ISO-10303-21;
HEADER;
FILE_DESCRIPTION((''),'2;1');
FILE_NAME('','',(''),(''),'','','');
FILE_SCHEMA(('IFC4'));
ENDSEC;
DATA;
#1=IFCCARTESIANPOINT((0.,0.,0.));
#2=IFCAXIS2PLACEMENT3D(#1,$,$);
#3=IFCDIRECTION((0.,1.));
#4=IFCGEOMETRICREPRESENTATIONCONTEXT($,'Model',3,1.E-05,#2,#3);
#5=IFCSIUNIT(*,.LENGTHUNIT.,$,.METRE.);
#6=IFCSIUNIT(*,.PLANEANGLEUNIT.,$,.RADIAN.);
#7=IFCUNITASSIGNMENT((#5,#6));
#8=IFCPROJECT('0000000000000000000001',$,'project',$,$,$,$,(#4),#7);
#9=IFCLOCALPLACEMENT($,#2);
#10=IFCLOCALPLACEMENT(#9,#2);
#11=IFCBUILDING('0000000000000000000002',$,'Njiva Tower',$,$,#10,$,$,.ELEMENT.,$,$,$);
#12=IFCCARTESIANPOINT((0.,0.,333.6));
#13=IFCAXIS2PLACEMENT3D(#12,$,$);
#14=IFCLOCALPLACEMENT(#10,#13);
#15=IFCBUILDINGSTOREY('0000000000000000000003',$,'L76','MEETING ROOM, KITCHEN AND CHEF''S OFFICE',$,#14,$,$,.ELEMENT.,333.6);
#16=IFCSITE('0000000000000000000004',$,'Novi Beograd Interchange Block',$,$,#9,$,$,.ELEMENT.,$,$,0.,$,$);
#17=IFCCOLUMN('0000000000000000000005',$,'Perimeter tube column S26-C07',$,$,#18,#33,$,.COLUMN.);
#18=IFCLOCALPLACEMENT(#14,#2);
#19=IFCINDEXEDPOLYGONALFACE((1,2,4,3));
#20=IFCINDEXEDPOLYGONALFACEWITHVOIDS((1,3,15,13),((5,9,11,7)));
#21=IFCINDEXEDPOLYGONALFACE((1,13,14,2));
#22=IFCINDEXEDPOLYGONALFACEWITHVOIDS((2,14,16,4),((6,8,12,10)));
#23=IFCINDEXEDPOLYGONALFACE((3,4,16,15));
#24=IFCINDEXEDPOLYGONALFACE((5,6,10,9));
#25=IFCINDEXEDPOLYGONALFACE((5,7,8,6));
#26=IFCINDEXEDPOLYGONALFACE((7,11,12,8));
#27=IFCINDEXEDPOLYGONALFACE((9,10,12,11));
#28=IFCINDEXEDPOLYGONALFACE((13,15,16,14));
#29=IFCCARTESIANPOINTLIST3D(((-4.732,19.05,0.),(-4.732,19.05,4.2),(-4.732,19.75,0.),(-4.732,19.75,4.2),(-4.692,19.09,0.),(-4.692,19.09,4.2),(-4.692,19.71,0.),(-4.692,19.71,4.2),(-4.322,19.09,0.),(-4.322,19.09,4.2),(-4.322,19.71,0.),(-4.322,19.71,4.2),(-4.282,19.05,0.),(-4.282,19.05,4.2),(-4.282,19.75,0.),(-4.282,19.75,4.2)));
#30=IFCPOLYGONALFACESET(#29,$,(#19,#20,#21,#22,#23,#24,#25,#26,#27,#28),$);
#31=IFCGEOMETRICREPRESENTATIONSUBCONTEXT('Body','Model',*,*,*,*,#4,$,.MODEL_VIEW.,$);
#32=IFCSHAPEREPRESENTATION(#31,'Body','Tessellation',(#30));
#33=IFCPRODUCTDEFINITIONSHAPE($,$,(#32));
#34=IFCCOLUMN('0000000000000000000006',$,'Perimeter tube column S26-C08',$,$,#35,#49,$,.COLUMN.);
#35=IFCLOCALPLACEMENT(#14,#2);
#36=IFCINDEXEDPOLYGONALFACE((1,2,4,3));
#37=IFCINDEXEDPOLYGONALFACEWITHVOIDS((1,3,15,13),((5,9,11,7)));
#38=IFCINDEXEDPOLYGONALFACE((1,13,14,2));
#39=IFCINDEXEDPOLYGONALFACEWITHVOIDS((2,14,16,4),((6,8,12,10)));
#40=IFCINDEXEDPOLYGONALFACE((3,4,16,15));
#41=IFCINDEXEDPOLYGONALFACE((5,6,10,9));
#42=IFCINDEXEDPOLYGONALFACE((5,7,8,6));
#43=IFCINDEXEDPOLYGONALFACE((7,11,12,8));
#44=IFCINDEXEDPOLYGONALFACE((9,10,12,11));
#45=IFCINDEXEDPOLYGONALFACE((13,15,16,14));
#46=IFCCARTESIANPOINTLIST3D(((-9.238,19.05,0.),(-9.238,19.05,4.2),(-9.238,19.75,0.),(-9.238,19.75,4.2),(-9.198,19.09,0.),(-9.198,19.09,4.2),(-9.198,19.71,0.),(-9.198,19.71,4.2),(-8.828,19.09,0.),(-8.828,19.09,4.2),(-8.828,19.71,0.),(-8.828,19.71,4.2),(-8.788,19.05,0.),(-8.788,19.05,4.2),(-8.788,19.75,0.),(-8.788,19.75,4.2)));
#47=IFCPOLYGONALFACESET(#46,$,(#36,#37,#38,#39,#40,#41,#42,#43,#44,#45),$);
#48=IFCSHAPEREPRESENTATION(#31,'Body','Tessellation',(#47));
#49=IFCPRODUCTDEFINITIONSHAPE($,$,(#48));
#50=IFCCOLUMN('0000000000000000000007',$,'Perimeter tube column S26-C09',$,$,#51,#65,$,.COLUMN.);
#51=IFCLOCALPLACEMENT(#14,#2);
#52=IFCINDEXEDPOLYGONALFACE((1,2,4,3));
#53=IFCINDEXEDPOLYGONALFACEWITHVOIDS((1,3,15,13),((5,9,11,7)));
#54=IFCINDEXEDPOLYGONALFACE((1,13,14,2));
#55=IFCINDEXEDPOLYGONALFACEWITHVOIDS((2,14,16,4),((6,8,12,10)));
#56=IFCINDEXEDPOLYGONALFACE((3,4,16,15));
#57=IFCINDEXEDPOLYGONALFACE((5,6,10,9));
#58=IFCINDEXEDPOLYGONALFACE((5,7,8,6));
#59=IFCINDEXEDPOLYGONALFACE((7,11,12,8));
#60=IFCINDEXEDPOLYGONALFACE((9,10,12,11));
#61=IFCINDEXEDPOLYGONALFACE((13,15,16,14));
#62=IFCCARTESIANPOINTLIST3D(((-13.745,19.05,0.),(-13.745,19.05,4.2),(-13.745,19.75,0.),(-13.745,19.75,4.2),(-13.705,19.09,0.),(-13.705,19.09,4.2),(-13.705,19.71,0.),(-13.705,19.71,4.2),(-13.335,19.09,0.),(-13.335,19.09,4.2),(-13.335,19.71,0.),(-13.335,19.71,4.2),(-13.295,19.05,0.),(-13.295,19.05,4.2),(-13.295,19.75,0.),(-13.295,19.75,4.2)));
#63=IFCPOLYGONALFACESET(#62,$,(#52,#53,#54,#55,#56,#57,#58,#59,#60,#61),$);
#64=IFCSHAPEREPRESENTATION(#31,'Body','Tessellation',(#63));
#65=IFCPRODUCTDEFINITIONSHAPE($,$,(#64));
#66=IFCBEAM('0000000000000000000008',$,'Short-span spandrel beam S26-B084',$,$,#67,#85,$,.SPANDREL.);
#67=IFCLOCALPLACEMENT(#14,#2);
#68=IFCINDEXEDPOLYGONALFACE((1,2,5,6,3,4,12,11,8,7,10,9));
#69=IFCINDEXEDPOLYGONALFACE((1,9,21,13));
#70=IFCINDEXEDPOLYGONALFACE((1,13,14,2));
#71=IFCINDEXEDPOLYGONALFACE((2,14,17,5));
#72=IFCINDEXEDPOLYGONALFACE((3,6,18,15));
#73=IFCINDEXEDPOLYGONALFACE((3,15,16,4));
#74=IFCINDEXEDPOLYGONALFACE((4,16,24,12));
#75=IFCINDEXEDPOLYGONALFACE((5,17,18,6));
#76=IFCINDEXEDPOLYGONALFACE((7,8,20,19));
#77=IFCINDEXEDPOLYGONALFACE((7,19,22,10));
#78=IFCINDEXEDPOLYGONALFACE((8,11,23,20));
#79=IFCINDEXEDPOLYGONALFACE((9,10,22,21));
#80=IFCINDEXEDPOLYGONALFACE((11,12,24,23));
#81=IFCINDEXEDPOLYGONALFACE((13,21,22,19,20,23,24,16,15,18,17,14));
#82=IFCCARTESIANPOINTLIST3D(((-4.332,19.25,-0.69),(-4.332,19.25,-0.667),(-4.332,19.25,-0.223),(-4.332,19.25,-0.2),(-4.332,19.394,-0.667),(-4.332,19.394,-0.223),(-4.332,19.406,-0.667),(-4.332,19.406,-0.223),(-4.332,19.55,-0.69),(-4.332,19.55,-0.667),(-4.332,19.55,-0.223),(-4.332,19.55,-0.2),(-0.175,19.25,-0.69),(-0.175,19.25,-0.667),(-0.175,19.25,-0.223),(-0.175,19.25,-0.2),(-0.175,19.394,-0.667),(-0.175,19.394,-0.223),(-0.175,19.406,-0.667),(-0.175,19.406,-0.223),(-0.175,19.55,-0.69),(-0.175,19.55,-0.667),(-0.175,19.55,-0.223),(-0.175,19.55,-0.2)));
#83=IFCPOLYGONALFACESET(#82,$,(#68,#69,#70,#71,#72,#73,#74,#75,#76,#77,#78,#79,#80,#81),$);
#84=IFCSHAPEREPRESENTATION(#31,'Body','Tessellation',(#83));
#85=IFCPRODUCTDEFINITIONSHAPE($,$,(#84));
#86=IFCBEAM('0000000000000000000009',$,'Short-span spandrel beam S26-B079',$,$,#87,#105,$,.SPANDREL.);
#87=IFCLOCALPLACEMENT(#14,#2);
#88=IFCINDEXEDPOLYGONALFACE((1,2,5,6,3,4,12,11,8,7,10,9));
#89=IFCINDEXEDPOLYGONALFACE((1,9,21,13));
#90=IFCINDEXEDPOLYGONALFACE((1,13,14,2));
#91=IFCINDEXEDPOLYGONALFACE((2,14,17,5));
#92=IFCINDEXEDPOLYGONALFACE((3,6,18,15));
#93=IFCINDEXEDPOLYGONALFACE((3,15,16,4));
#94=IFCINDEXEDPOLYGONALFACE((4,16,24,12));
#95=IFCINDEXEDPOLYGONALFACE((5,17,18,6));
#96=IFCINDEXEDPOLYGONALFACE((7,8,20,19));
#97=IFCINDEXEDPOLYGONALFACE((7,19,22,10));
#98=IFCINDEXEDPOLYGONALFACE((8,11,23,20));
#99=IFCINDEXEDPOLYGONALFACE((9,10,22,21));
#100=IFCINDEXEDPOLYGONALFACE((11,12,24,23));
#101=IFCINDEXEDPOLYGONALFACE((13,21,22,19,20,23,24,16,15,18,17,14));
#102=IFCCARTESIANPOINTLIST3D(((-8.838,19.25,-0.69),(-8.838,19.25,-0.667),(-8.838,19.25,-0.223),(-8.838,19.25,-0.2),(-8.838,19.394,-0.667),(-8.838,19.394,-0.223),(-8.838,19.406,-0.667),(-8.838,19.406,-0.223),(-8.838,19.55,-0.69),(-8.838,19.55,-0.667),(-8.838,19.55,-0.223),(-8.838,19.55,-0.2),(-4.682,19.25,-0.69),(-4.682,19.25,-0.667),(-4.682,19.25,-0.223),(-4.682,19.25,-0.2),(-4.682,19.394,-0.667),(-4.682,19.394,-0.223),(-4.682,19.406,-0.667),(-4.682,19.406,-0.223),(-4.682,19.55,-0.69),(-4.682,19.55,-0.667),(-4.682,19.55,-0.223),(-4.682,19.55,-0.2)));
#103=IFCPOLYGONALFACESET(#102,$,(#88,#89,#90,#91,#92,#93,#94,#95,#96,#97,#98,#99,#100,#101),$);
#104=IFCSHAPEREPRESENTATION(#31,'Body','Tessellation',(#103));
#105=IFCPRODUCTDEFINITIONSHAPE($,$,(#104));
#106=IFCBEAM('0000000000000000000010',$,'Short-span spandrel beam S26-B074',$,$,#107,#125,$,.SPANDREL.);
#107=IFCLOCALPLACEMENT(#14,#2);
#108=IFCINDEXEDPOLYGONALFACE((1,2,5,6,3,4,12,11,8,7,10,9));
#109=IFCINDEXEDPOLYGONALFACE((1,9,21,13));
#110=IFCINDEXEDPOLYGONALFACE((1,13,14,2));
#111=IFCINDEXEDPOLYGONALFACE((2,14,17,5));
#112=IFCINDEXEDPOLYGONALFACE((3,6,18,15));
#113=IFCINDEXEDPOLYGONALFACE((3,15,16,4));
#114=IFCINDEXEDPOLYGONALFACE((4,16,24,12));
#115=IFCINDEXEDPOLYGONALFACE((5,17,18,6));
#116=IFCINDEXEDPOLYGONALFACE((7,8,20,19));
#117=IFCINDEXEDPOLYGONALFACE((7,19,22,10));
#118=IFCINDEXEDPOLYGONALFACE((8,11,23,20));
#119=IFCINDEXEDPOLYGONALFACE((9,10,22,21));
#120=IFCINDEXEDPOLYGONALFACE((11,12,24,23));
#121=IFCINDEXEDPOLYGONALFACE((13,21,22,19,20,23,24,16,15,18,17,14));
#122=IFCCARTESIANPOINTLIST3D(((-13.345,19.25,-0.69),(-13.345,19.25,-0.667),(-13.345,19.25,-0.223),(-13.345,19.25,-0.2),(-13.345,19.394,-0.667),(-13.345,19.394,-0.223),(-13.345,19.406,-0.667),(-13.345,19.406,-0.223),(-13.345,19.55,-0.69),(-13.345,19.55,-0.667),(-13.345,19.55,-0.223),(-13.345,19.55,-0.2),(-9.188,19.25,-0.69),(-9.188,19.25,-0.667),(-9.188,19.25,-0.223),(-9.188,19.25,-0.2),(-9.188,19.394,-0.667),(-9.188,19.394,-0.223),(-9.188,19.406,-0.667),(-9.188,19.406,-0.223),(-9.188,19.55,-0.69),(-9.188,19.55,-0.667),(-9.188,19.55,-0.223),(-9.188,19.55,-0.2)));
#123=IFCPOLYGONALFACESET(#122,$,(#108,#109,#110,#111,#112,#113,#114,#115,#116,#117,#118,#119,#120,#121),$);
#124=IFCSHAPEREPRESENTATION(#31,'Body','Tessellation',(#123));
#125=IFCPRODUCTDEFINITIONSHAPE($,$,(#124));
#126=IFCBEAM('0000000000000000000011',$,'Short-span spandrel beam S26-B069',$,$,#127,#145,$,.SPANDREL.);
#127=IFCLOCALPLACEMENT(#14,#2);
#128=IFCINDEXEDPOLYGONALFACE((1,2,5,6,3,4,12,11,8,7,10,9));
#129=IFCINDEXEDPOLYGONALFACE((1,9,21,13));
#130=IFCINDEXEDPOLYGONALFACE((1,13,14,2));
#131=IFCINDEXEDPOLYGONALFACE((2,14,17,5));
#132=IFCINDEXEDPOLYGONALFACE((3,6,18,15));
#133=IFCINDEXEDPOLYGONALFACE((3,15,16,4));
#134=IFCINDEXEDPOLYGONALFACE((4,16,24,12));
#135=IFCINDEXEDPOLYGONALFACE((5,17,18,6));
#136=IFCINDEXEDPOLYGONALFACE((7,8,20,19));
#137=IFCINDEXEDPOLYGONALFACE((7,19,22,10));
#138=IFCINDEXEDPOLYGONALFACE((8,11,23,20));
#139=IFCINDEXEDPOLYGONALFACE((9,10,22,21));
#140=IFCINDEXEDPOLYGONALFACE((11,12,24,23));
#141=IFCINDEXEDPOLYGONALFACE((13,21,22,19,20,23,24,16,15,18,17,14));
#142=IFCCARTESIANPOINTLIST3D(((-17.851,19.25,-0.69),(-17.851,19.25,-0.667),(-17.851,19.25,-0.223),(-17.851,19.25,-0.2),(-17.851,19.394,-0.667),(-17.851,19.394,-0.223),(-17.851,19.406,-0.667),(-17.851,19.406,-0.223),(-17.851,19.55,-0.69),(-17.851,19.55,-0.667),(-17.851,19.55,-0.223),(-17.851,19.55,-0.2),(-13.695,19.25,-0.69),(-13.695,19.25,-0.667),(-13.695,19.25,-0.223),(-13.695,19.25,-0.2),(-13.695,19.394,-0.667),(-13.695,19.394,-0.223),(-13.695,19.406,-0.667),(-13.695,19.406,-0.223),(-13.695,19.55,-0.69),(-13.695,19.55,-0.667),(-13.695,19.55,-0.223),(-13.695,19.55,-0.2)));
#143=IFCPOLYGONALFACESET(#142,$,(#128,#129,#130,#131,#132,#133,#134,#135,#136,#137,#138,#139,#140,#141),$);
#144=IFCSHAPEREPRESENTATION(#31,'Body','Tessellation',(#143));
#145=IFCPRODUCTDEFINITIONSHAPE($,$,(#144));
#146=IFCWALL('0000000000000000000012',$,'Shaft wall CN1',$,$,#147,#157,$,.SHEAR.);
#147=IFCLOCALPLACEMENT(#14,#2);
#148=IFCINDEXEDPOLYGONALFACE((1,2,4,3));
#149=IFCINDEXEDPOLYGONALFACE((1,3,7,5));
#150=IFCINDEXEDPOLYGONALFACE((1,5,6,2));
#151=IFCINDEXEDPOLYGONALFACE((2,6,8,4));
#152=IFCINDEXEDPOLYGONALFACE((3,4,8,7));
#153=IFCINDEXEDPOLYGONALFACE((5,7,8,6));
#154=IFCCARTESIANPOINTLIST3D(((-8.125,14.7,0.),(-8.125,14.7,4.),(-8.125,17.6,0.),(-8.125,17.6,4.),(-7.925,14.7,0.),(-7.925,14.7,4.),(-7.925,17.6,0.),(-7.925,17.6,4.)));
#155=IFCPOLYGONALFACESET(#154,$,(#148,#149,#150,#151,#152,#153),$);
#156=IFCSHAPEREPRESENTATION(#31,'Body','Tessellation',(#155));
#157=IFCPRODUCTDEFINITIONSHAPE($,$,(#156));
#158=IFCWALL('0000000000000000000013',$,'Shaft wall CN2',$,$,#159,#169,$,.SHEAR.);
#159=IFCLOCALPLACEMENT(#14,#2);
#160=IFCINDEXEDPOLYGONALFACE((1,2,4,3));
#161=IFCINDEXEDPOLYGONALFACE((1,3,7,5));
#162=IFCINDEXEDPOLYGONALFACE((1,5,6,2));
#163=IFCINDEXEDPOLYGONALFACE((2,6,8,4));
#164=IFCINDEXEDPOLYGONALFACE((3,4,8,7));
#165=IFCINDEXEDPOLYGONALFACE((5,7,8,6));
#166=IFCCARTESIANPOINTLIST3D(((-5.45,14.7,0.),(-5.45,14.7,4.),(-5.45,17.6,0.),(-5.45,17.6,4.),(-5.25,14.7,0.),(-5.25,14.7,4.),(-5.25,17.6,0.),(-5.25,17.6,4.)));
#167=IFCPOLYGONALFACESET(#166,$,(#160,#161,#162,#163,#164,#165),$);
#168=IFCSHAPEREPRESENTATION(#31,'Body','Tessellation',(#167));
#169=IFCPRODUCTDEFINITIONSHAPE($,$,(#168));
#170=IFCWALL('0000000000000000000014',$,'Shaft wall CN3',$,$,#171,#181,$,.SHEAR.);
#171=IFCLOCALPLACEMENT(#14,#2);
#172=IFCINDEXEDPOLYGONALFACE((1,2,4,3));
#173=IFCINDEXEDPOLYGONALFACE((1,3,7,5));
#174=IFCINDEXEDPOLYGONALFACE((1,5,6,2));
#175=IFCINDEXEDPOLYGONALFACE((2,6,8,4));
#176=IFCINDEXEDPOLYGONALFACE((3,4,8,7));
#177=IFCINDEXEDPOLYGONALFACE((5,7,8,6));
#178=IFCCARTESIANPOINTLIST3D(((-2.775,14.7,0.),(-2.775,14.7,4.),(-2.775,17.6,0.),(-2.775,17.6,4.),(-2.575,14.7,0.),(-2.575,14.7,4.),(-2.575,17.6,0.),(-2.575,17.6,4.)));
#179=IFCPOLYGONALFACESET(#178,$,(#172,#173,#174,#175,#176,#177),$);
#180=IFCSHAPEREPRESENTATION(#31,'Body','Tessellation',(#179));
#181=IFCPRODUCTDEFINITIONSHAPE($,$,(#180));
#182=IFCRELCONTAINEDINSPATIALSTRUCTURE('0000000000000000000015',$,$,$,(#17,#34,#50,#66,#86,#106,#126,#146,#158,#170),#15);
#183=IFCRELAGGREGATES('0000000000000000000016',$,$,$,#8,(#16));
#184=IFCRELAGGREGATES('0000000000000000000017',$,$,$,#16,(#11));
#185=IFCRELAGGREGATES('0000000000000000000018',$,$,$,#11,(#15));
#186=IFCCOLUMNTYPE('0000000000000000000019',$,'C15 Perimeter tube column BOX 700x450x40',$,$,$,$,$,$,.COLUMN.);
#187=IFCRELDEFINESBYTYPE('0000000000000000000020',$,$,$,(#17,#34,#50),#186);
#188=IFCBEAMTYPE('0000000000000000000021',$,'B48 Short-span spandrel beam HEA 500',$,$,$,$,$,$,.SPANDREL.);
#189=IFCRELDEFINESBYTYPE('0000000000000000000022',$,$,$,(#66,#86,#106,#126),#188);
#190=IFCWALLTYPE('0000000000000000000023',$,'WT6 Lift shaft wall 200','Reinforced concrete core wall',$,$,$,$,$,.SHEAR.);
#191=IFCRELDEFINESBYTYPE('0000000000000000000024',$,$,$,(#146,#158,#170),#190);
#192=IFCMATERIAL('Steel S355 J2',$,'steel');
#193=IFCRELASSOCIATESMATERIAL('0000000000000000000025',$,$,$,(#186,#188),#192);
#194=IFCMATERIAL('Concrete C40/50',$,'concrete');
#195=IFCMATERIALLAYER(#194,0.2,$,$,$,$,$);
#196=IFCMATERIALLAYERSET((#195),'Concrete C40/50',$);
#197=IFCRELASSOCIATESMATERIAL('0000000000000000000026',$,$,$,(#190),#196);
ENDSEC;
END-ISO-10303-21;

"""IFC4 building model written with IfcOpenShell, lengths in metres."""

from ifc_helpers import new_model, si_unit, direction, frame, frame_2d, origin, origin_2d, place, context, subcontext, project, spatial, rectangle, hollow_rectangle, i_section, extrude, material, layer, layer_set, material_profile, profile_set, type_object, element, save


model = new_model("IFC4")

# Units and contexts
model_context = context("Model", 3, precision=1e-05, world=origin(), true_north=direction((0.0, 1.0)))
body_context = subcontext(model_context, "Body", "Model", "MODEL_VIEW")
ifc_project = project(units=[si_unit("LENGTHUNIT", "METRE"), si_unit("PLANEANGLEUNIT", "RADIAN")], contexts=[model_context])

# Site, building, storey
site_placement = place(None, origin())
site = spatial("IfcSite", under=ifc_project, at=site_placement, Name="Novi Beograd Interchange Block", CompositionType="ELEMENT", RefElevation=0.0)
building_placement = place(site_placement, origin())
building = spatial("IfcBuilding", under=site, at=building_placement, Name="Njiva Tower", CompositionType="ELEMENT")
storey_placement = place(building_placement, frame((0.0, 0.0, 333.6)))
storey = spatial("IfcBuildingStorey", under=building, at=storey_placement, Name="L76", Description="MEETING ROOM, KITCHEN AND CHEF'S OFFICE", CompositionType="ELEMENT", Elevation=333.6)

# Columns
ifc_material_1 = material(Name="Steel S355 J2", Category="steel")
ifc_material_profile_1 = material_profile(ifc_material_1, hollow_rectangle(XDim=0.45, YDim=0.7, WallThickness=0.04, at=origin_2d()), Name="BOX 700x450x40")
ifc_profile_set_1 = profile_set([ifc_material_profile_1], Name="Steel S355 J2")
column_type = type_object("IfcColumnType", Name="C15 Perimeter tube column BOX 700x450x40", PredefinedType="COLUMN", material=ifc_profile_set_1)
for number, where, z_axis, x_axis, name in (
    (1, (-4.507, 19.4, 0.0), (0.0, 0.0, 1.0), (-1.0, 0.0, 0.0), "Perimeter tube column S26-C07"),
    (2, (-9.013, 19.4, 0.0), (0.0, 0.0, 1.0), (-1.0, 0.0, 0.0), "Perimeter tube column S26-C08"),
    (3, (-13.52, 19.4, 0.0), (0.0, 0.0, 1.0), (-1.0, 0.0, 0.0), "Perimeter tube column S26-C09"),
):
    element("IfcColumn", number, at=place(storey_placement, frame(where, z_axis=z_axis, x_axis=x_axis)), inside=storey, type_object=column_type, Name=name, PredefinedType="COLUMN", context=body_context, shape_type="SweptSolid", body=[
        extrude(hollow_rectangle(XDim=0.45, YDim=0.7, WallThickness=0.04, at=origin_2d()), origin(), (0.0, 0.0, 1.0), 4.2),
    ])

# Beams
ifc_material_profile_2 = material_profile(ifc_material_1, i_section(OverallWidth=0.3, OverallDepth=0.49, WebThickness=0.012, FlangeThickness=0.023, at=origin_2d()), Name="HEA 500")
ifc_profile_set_2 = profile_set([ifc_material_profile_2], Name="Steel S355 J2")
beam_type = type_object("IfcBeamType", Name="B48 Short-span spandrel beam HEA 500", PredefinedType="SPANDREL", material=ifc_profile_set_2)
beam_1_placement = place(storey_placement, frame((-0.175, 19.4, -0.445), z_axis=(-1.0, 0.0, 0.0), x_axis=(0.0, -1.0, 0.0)))
element("IfcBeam", 4, at=beam_1_placement, inside=storey, type_object=beam_type, Name="Short-span spandrel beam S26-B084", PredefinedType="SPANDREL", context=body_context, shape_type="SweptSolid", body=[
    extrude(i_section(OverallWidth=0.3, OverallDepth=0.49, WebThickness=0.012, FlangeThickness=0.023, at=origin_2d()), origin(), (0.0, 0.0, 1.0), 4.157),
])
beam_2_placement = place(storey_placement, frame((-4.682, 19.4, -0.445), z_axis=(-1.0, 0.0, 0.0), x_axis=(0.0, -1.0, 0.0)))
element("IfcBeam", 5, at=beam_2_placement, inside=storey, type_object=beam_type, Name="Short-span spandrel beam S26-B079", PredefinedType="SPANDREL", context=body_context, shape_type="SweptSolid", body=[
    extrude(i_section(OverallWidth=0.3, OverallDepth=0.49, WebThickness=0.012, FlangeThickness=0.023, at=origin_2d()), origin(), (0.0, 0.0, 1.0), 4.156),
])
beam_3_placement = place(storey_placement, frame((-9.188, 19.4, -0.445), z_axis=(-1.0, 0.0, 0.0), x_axis=(0.0, -1.0, 0.0)))
element("IfcBeam", 6, at=beam_3_placement, inside=storey, type_object=beam_type, Name="Short-span spandrel beam S26-B074", PredefinedType="SPANDREL", context=body_context, shape_type="SweptSolid", body=[
    extrude(i_section(OverallWidth=0.3, OverallDepth=0.49, WebThickness=0.012, FlangeThickness=0.023, at=origin_2d()), origin(), (0.0, 0.0, 1.0), 4.157),
])
beam_4_placement = place(storey_placement, frame((-13.695, 19.4, -0.445), z_axis=(-1.0, 0.0, 0.0), x_axis=(0.0, -1.0, 0.0)))
element("IfcBeam", 7, at=beam_4_placement, inside=storey, type_object=beam_type, Name="Short-span spandrel beam S26-B069", PredefinedType="SPANDREL", context=body_context, shape_type="SweptSolid", body=[
    extrude(i_section(OverallWidth=0.3, OverallDepth=0.49, WebThickness=0.012, FlangeThickness=0.023, at=origin_2d()), origin(), (0.0, 0.0, 1.0), 4.156),
])

# Walls
ifc_material_2 = material(Name="Concrete C40/50", Category="concrete")
ifc_layer_1 = layer(ifc_material_2, 0.2)
ifc_layer_set_1 = layer_set([ifc_layer_1], Name="Concrete C40/50")
wall_type_1 = type_object("IfcWallType", Name="WT6 Lift shaft wall 200", Description="Reinforced concrete core wall", PredefinedType="SHEAR", material=ifc_layer_set_1)
for number, where, z_axis, x_axis, name in (
    (8, (-8.025, 14.7, 0.0), (0.0, 0.0, 1.0), (0.0, 1.0, 0.0), "Shaft wall CN1"),
    (9, (-5.35, 14.7, 0.0), (0.0, 0.0, 1.0), (0.0, 1.0, 0.0), "Shaft wall CN2"),
    (10, (-2.675, 14.7, 0.0), (0.0, 0.0, 1.0), (0.0, 1.0, 0.0), "Shaft wall CN3"),
):
    element("IfcWall", number, at=place(storey_placement, frame(where, z_axis=z_axis, x_axis=x_axis)), inside=storey, type_object=wall_type_1, Name=name, PredefinedType="SHEAR", context=body_context, shape_type="SweptSolid", body=[
        extrude(rectangle(XDim=2.9, YDim=0.2, at=frame_2d((1.45, 0.0))), origin(), (0.0, 0.0, 1.0), 4.0),
    ])

save(model, "model.ifc")
